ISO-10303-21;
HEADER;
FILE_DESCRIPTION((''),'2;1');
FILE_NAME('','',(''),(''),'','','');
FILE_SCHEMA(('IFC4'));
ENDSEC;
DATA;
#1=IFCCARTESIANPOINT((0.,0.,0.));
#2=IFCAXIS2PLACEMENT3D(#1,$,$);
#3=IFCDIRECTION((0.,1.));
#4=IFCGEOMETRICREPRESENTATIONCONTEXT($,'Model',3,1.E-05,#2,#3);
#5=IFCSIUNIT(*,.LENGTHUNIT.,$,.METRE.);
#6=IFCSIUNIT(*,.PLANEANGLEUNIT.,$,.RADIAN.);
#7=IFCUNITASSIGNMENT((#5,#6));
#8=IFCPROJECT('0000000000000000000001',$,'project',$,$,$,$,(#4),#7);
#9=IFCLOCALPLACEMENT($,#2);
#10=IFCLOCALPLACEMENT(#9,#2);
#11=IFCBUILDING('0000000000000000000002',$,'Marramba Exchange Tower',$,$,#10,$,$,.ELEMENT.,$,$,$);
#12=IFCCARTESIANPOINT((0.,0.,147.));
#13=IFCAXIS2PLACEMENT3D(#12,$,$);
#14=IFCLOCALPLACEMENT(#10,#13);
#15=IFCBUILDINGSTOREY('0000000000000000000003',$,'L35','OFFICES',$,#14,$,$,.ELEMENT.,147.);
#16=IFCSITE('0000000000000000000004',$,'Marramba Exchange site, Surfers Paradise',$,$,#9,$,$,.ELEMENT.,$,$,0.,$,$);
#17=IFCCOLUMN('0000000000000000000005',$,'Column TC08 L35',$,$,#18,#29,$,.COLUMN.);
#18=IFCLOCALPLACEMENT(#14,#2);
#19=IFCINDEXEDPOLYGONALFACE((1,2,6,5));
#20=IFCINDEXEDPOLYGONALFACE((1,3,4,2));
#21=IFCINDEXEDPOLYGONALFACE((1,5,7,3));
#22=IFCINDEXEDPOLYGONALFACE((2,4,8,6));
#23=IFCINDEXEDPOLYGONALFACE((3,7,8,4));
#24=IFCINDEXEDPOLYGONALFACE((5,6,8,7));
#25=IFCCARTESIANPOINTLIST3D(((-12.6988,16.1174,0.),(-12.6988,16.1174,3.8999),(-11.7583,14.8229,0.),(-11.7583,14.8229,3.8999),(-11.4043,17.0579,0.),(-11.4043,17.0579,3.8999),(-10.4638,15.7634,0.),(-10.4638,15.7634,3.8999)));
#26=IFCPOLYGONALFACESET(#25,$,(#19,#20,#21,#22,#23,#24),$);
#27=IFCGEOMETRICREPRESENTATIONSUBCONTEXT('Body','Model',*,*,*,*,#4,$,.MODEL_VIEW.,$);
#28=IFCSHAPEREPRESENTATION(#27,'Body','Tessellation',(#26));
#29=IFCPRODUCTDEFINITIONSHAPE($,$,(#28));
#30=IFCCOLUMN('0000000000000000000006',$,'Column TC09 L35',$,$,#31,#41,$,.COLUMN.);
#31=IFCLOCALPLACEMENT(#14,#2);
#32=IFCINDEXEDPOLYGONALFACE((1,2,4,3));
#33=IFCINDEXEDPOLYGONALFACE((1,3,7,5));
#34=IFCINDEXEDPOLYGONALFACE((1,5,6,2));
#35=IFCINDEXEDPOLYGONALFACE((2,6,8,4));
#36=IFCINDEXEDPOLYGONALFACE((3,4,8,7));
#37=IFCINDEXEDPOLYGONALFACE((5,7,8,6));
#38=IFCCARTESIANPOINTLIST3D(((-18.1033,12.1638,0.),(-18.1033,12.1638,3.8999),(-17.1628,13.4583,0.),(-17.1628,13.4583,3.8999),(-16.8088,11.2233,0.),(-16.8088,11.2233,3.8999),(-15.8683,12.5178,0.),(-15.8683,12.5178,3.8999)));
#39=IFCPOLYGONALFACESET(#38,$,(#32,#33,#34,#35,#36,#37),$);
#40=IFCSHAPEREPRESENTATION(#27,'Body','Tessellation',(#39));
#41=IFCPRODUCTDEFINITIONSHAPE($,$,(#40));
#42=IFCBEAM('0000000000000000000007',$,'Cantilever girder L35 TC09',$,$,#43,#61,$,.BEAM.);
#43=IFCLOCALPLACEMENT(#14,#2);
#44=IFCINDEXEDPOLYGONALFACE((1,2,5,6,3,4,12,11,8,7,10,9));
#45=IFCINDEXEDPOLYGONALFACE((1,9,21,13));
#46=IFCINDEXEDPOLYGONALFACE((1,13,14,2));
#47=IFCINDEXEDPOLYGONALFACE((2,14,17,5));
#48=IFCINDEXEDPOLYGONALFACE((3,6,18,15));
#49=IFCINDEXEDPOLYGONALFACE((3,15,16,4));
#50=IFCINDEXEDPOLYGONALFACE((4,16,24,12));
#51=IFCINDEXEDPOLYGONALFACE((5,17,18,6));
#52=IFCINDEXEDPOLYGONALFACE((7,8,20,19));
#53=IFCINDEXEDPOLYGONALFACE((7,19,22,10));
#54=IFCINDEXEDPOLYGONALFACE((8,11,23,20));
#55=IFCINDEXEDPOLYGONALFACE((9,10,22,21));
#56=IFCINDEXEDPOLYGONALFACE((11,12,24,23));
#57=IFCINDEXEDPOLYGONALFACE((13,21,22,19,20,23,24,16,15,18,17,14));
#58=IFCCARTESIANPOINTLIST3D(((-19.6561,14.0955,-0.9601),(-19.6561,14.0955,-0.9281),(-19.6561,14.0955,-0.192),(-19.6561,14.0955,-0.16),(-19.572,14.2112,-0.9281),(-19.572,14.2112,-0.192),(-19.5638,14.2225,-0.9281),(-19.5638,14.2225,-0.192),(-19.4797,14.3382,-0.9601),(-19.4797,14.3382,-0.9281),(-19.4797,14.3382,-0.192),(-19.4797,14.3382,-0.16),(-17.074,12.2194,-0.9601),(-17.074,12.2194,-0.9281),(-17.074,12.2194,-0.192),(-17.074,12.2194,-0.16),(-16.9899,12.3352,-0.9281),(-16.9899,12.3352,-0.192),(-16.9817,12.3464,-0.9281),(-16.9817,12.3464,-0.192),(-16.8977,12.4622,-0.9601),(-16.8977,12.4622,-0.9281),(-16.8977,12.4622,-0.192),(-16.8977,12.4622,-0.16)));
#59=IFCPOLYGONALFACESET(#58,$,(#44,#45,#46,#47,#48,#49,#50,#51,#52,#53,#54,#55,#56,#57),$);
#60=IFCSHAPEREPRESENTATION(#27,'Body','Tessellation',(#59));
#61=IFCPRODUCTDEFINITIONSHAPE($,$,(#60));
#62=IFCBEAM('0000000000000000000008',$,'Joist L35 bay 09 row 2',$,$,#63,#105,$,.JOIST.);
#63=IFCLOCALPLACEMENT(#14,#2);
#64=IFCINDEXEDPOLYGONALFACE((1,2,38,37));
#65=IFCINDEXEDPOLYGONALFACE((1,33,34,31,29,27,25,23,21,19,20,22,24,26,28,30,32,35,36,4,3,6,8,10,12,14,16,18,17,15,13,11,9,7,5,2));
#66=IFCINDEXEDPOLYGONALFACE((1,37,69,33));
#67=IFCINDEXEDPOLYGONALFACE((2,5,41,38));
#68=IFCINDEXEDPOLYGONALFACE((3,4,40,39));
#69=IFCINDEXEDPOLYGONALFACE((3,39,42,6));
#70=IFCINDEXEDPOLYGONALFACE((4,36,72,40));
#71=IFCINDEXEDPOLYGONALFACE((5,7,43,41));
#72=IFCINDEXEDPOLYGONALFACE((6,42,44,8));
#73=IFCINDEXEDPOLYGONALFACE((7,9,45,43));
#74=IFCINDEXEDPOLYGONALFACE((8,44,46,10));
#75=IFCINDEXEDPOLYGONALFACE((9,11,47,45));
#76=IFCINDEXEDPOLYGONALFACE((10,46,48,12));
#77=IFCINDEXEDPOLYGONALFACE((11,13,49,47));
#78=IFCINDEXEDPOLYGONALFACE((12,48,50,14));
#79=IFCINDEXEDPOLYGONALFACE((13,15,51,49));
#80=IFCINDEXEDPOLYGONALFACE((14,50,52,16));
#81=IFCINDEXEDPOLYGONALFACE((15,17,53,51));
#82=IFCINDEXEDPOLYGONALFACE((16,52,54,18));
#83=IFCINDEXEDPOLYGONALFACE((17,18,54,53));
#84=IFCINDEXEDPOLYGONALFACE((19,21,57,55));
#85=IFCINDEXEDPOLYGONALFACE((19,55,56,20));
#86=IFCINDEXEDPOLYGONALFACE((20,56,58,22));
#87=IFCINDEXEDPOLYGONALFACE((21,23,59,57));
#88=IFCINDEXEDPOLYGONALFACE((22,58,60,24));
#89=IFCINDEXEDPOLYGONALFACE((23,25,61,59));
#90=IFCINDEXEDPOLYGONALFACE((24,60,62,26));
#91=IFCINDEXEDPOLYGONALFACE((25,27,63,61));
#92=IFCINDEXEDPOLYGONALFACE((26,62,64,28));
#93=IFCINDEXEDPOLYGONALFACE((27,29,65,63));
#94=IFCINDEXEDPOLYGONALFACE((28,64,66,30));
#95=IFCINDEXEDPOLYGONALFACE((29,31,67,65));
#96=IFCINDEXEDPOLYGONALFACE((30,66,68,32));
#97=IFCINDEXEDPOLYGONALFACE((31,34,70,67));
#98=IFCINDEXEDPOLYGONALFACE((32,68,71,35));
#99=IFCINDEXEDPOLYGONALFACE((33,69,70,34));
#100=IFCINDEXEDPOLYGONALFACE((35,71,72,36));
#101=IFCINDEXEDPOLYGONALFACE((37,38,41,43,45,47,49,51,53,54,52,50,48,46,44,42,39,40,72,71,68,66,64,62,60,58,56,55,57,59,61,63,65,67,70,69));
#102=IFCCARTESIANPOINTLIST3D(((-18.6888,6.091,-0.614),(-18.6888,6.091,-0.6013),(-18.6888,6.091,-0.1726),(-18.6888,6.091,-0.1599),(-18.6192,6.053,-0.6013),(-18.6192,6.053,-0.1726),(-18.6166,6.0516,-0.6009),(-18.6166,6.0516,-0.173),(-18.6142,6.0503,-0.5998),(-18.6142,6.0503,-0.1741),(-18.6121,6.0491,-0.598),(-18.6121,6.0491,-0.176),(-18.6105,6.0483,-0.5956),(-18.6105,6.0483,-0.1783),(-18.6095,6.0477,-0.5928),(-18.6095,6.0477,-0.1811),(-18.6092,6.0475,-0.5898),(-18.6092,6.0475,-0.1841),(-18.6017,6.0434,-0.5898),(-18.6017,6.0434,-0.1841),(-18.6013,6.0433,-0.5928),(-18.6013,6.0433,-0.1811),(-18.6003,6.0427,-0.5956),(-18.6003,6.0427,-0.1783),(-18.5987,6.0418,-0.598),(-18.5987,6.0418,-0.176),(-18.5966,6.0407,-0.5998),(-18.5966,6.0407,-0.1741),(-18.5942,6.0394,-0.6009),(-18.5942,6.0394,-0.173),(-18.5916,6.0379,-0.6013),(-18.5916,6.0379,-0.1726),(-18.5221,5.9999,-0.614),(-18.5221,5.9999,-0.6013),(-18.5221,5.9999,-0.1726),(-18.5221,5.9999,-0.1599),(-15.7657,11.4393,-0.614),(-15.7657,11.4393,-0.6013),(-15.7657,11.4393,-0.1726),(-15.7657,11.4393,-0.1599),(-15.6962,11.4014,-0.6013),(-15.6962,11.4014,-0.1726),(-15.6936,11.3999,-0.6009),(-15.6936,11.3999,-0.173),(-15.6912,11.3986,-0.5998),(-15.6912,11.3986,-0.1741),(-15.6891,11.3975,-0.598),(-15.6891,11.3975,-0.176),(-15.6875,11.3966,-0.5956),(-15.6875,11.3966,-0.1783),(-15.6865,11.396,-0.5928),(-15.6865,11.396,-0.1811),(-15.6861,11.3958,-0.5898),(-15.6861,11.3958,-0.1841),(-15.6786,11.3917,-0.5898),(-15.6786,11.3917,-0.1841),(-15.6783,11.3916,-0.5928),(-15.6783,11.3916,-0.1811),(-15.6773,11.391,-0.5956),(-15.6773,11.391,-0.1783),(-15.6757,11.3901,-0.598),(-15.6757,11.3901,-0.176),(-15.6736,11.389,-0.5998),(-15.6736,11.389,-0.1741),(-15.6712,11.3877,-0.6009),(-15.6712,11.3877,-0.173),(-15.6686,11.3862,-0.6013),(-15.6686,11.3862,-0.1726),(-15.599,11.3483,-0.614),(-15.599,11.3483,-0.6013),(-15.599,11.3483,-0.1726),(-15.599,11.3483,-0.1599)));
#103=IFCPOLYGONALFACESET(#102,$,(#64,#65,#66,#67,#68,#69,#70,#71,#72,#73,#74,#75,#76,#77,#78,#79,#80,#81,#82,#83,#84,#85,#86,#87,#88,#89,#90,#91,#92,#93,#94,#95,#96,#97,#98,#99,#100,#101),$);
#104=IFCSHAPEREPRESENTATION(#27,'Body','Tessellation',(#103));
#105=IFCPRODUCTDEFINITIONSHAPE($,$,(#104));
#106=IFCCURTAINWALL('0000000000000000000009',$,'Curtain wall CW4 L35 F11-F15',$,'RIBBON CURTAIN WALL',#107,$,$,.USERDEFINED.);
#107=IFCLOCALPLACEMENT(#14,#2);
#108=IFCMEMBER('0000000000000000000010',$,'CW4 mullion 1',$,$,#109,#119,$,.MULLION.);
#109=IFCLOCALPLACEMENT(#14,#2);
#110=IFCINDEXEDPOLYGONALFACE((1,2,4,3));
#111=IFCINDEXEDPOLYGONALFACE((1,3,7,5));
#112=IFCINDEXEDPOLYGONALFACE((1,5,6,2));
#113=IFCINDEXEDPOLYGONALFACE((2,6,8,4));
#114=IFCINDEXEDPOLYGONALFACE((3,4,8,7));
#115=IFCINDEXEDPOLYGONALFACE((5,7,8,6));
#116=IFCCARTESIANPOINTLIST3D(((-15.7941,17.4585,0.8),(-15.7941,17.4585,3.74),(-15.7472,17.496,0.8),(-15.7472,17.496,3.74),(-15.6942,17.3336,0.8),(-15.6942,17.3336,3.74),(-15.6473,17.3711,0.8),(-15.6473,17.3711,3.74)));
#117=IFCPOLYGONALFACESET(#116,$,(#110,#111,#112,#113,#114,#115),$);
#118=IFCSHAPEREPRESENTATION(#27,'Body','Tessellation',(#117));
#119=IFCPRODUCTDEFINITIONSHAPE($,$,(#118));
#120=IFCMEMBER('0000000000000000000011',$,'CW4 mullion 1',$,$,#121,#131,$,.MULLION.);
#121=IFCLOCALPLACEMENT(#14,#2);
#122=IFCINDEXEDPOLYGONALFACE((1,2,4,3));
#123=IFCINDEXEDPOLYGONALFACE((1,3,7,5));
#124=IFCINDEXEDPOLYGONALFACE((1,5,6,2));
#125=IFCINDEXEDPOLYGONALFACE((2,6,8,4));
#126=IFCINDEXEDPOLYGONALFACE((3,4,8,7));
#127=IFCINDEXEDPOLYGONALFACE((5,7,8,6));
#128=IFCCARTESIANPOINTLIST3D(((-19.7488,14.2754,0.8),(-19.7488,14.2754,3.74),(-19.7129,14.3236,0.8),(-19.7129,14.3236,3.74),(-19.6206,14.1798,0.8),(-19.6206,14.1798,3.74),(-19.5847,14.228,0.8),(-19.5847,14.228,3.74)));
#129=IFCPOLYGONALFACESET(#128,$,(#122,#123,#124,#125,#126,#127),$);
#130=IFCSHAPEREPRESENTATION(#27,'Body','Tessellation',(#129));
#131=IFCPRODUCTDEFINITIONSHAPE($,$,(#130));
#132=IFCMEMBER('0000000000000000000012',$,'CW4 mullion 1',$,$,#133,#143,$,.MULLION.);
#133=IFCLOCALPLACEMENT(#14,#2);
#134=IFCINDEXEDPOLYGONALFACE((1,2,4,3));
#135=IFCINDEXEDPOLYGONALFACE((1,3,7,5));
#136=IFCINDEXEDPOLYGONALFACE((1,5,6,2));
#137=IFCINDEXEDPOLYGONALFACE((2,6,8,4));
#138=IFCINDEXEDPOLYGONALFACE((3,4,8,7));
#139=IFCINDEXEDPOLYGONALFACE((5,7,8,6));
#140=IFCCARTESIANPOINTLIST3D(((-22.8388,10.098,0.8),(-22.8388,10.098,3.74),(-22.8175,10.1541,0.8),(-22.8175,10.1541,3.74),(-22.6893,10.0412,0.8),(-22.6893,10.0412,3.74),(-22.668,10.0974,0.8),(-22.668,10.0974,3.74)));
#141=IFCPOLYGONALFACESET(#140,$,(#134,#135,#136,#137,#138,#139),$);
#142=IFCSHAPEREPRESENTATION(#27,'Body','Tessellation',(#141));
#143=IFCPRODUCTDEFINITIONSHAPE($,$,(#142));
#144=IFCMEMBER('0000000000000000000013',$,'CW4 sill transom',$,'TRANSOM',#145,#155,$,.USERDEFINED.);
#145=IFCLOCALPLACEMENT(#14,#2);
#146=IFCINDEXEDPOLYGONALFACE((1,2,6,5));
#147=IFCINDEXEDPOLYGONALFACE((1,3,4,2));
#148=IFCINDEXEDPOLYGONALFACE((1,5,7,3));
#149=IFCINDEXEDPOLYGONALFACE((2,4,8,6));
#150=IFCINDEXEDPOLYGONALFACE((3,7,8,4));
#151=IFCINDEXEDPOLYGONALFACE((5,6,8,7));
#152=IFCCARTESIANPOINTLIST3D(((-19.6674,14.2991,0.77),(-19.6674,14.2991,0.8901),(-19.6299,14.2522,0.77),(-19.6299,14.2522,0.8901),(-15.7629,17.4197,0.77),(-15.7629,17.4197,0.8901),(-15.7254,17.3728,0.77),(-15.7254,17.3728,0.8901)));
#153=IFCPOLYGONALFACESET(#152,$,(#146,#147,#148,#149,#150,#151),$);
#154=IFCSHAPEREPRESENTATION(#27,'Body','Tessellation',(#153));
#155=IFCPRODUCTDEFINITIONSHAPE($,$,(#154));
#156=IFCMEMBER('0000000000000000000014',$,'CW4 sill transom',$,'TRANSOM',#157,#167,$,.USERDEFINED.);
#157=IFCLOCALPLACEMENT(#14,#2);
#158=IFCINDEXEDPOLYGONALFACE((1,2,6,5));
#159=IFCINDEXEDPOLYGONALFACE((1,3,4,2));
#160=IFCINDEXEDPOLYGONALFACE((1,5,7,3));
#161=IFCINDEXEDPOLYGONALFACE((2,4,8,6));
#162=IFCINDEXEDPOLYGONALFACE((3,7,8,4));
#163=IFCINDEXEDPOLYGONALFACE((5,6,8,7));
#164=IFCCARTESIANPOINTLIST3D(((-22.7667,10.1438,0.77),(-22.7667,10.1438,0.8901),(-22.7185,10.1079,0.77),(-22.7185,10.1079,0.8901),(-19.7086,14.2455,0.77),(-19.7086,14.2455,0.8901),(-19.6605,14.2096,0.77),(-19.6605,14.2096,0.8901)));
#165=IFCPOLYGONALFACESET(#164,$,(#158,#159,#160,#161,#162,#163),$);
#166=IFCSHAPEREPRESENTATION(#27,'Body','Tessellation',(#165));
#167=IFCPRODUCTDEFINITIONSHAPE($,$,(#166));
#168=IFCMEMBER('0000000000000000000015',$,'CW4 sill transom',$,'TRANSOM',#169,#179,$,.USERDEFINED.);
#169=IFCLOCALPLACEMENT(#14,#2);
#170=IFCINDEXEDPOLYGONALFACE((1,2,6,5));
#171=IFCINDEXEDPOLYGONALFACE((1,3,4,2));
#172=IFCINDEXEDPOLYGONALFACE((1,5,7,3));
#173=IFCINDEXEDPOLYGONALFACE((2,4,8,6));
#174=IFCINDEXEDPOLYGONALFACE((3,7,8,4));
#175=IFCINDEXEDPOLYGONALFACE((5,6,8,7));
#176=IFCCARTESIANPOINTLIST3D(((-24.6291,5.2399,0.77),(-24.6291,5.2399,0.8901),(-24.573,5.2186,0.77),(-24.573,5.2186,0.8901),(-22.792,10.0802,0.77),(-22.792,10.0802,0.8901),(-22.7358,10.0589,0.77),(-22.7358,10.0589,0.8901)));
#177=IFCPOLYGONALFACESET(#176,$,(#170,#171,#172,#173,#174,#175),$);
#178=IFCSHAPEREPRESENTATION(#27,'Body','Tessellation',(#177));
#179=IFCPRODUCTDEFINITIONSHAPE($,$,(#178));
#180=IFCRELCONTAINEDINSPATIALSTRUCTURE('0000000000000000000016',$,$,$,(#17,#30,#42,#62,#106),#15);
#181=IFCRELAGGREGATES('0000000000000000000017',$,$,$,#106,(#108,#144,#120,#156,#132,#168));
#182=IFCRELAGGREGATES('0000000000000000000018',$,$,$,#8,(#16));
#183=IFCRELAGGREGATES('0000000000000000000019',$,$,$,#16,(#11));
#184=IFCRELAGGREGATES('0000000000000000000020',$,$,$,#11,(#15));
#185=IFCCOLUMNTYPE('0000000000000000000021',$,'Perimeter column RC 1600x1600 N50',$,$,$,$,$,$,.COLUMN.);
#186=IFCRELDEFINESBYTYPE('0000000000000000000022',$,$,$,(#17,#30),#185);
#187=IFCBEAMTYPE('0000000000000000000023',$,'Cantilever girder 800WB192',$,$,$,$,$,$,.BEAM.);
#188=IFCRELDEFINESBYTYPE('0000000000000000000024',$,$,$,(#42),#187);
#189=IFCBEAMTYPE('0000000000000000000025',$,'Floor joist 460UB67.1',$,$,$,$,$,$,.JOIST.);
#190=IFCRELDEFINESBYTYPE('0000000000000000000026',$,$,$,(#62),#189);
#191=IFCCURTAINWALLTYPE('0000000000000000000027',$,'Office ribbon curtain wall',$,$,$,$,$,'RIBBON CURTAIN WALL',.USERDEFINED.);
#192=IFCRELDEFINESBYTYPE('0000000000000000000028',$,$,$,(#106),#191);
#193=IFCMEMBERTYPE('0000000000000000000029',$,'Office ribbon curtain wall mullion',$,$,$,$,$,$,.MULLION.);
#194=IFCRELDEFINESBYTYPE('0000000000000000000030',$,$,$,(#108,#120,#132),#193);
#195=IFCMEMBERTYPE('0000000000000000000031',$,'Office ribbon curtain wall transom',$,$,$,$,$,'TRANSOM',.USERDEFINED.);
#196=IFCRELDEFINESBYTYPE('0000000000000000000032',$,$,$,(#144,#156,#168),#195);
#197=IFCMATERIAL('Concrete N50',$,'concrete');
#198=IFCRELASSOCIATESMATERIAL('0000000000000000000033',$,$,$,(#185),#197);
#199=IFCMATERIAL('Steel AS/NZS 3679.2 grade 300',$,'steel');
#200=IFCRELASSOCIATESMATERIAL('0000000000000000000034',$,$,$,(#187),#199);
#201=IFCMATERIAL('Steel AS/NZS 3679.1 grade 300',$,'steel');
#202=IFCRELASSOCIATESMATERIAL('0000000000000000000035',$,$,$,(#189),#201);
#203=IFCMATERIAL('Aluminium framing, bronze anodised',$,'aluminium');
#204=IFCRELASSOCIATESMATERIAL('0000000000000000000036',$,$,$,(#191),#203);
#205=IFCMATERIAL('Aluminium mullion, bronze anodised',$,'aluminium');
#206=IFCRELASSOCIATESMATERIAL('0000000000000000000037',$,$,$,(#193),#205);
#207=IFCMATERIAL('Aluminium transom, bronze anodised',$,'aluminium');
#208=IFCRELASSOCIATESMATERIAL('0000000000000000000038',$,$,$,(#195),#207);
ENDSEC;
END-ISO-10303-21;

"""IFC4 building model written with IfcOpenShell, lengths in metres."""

from ifc_helpers import new_model, si_unit, direction, frame, origin, origin_2d, place, context, subcontext, project, spatial, rectangle, i_section, extrude, material, material_profile, profile_set, type_object, element, aggregate, save


model = new_model("IFC4")

# Units and contexts
model_context = context("Model", 3, precision=1e-05, world=origin(), true_north=direction((0.0, 1.0)))
body_context = subcontext(model_context, "Body", "Model", "MODEL_VIEW")
ifc_project = project(units=[si_unit("LENGTHUNIT", "METRE"), si_unit("PLANEANGLEUNIT", "RADIAN")], contexts=[model_context])

# Site, building, storey
site_placement = place(None, origin())
site = spatial("IfcSite", under=ifc_project, at=site_placement, Name="Marramba Exchange site, Surfers Paradise", CompositionType="ELEMENT", RefElevation=0.0)
building_placement = place(site_placement, origin())
building = spatial("IfcBuilding", under=site, at=building_placement, Name="Marramba Exchange Tower", CompositionType="ELEMENT")
storey_placement = place(building_placement, frame((0.0, 0.0, 147.0)))
storey = spatial("IfcBuildingStorey", under=building, at=storey_placement, Name="L35", Description="OFFICES", CompositionType="ELEMENT", Elevation=147.0)

# Columns
ifc_material_1 = material(Name="Concrete N50", Category="concrete")
ifc_material_profile_1 = material_profile(ifc_material_1, rectangle(XDim=1.6001, YDim=1.6001, at=origin_2d()), Name="RC 1600x1600")
ifc_profile_set_1 = profile_set([ifc_material_profile_1], Name="Concrete N50")
column_type = type_object("IfcColumnType", Name="Perimeter column RC 1600x1600 N50", PredefinedType="COLUMN", material=ifc_profile_set_1)
for number, where, z_axis, x_axis, name in (
    (1, (-11.5813, 15.9404, 0.0), (0.0, 0.0, 1.0), (-0.587785, 0.809017, 0.0), "Column TC08 L35"),
    (2, (-16.9858, 12.3408, 0.0), (0.0, 0.0, 1.0), (-0.809017, 0.587785, 0.0), "Column TC09 L35"),
):
    element("IfcColumn", number, at=place(storey_placement, frame(where, z_axis=z_axis, x_axis=x_axis)), inside=storey, type_object=column_type, Name=name, PredefinedType="COLUMN", context=body_context, shape_type="SweptSolid", body=[
        extrude(rectangle(XDim=1.6001, YDim=1.6001, at=origin_2d()), origin(), (0.0, 0.0, 1.0), 3.8999),
    ])

# Beams
ifc_material_2 = material(Name="Steel AS/NZS 3679.2 grade 300", Category="steel")
ifc_material_profile_2 = material_profile(ifc_material_2, i_section(OverallWidth=0.3, OverallDepth=0.8, WebThickness=0.0139, FlangeThickness=0.032, at=origin_2d()), Name="800WB192")
ifc_profile_set_2 = profile_set([ifc_material_profile_2], Name="Steel AS/NZS 3679.2 grade 300")
beam_type_1 = type_object("IfcBeamType", Name="Cantilever girder 800WB192", PredefinedType="BEAM", material=ifc_profile_set_2)
beam_1_placement = place(storey_placement, frame((-16.9858, 12.3408, -0.5601), z_axis=(-0.809014, 0.58779, 0.0), x_axis=(-0.58779, -0.809014, 0.0)))
element("IfcBeam", 3, at=beam_1_placement, inside=storey, type_object=beam_type_1, Name="Cantilever girder L35 TC09", PredefinedType="BEAM", context=body_context, shape_type="SweptSolid", body=[
    extrude(i_section(OverallWidth=0.3, OverallDepth=0.8, WebThickness=0.0139, FlangeThickness=0.032, at=origin_2d()), origin(), (0.0, 0.0, 1.0), 3.1917),
])
ifc_material_3 = material(Name="Steel AS/NZS 3679.1 grade 300", Category="steel")
ifc_material_profile_3 = material_profile(ifc_material_3, i_section(OverallWidth=0.1899, OverallDepth=0.4541, WebThickness=0.0085, FlangeThickness=0.0127, FilletRadius=0.0115, at=origin_2d()), Name="460UB67.1")
ifc_profile_set_3 = profile_set([ifc_material_profile_3], Name="Steel AS/NZS 3679.1 grade 300")
beam_type_2 = type_object("IfcBeamType", Name="Floor joist 460UB67.1", PredefinedType="JOIST", material=ifc_profile_set_3)
beam_2_placement = place(storey_placement, frame((-15.6824, 11.3938, -0.387), z_axis=(-0.479584, -0.877496, 0.0), x_axis=(0.877496, -0.479584, 0.0)))
element("IfcBeam", 4, at=beam_2_placement, inside=storey, type_object=beam_type_2, Name="Joist L35 bay 09 row 2", PredefinedType="JOIST", context=body_context, shape_type="SweptSolid", body=[
    extrude(i_section(OverallWidth=0.1899, OverallDepth=0.4541, WebThickness=0.0085, FlangeThickness=0.0127, FilletRadius=0.0115, at=origin_2d()), origin(), (0.0, 0.0, 1.0), 6.095),
])

# Curtain wall, members
ifc_material_4 = material(Name="Aluminium framing, bronze anodised", Category="aluminium")
curtain_wall_type = type_object("IfcCurtainWallType", Name="Office ribbon curtain wall", ElementType="RIBBON CURTAIN WALL", PredefinedType="USERDEFINED", material=ifc_material_4)
curtain_wall_placement = place(storey_placement, origin())
curtain_wall = element("IfcCurtainWall", 5, at=curtain_wall_placement, inside=storey, type_object=curtain_wall_type, Name="Curtain wall CW4 L35 F11-F15", ObjectType="RIBBON CURTAIN WALL", PredefinedType="USERDEFINED")
ifc_material_5 = material(Name="Aluminium mullion, bronze anodised", Category="aluminium")
ifc_material_profile_4 = material_profile(ifc_material_5, rectangle(XDim=0.1599, YDim=0.0601, at=origin_2d()), Name="CW4 mullion 60x160")
ifc_profile_set_4 = profile_set([ifc_material_profile_4], Name="Aluminium mullion, bronze anodised")
member_type_1 = type_object("IfcMemberType", Name="Office ribbon curtain wall mullion", PredefinedType="MULLION", material=ifc_profile_set_4)
member_1_placement = place(storey_placement, frame((-15.7207, 17.4148, 0.8), z_axis=(0.0, 0.0, 1.0), x_axis=(0.624308, -0.781178, 0.0)))
member_1 = element("IfcMember", 6, at=member_1_placement, type_object=member_type_1, Name="CW4 mullion 1", PredefinedType="MULLION", context=body_context, shape_type="SweptSolid", body=[
    extrude(rectangle(XDim=0.1599, YDim=0.0601, at=origin_2d()), origin(), (0.0, 0.0, 1.0), 2.9399),
])
member_2_placement = place(storey_placement, frame((-19.6667, 14.2517, 0.8), z_axis=(0.0, 0.0, 1.0), x_axis=(0.801717, -0.597704, 0.0)))
member_2 = element("IfcMember", 7, at=member_2_placement, type_object=member_type_1, Name="CW4 mullion 1", PredefinedType="MULLION", context=body_context, shape_type="SweptSolid", body=[
    extrude(rectangle(XDim=0.1599, YDim=0.0601, at=origin_2d()), origin(), (0.0, 0.0, 1.0), 2.9399),
])
member_3_placement = place(storey_placement, frame((-22.7534, 10.0977, 0.8), z_axis=(0.0, 0.0, 1.0), x_axis=(0.934925, -0.354844, 0.0)))
member_3 = element("IfcMember", 8, at=member_3_placement, type_object=member_type_1, Name="CW4 mullion 1", PredefinedType="MULLION", context=body_context, shape_type="SweptSolid", body=[
    extrude(rectangle(XDim=0.1599, YDim=0.0601, at=origin_2d()), origin(), (0.0, 0.0, 1.0), 2.9399),
])
ifc_material_6 = material(Name="Aluminium transom, bronze anodised", Category="aluminium")
ifc_material_profile_5 = material_profile(ifc_material_6, rectangle(XDim=0.0601, YDim=0.1201, at=origin_2d()), Name="CW4 transom 60x120")
ifc_profile_set_5 = profile_set([ifc_material_profile_5], Name="Aluminium transom, bronze anodised")
member_type_2 = type_object("IfcMemberType", Name="Office ribbon curtain wall transom", ElementType="TRANSOM", PredefinedType="USERDEFINED", material=ifc_profile_set_5)
member_4_placement = place(storey_placement, frame((-15.7441, 17.3962, 0.8301), z_axis=(-0.781164, -0.624326, 0.0), x_axis=(0.624326, -0.781164, 0.0)))
member_4 = element("IfcMember", 9, at=member_4_placement, type_object=member_type_2, Name="CW4 sill transom", ObjectType="TRANSOM", PredefinedType="USERDEFINED", context=body_context, shape_type="SweptSolid", body=[
    extrude(rectangle(XDim=0.0601, YDim=0.1201, at=origin_2d()), origin(), (0.0, 0.0, 1.0), 4.9983),
])
member_5_placement = place(storey_placement, frame((-19.6846, 14.2275, 0.8301), z_axis=(-0.597715, -0.801709, 0.0), x_axis=(0.801709, -0.597715, 0.0)))
member_5 = element("IfcMember", 10, at=member_5_placement, type_object=member_type_2, Name="CW4 sill transom", ObjectType="TRANSOM", PredefinedType="USERDEFINED", context=body_context, shape_type="SweptSolid", body=[
    extrude(rectangle(XDim=0.0601, YDim=0.1201, at=origin_2d()), origin(), (0.0, 0.0, 1.0), 5.1162),
])
member_6_placement = place(storey_placement, frame((-22.7639, 10.0696, 0.8301), z_axis=(-0.354852, -0.934923, 0.0), x_axis=(0.934923, -0.354852, 0.0)))
member_6 = element("IfcMember", 11, at=member_6_placement, type_object=member_type_2, Name="CW4 sill transom", ObjectType="TRANSOM", PredefinedType="USERDEFINED", context=body_context, shape_type="SweptSolid", body=[
    extrude(rectangle(XDim=0.0601, YDim=0.1201, at=origin_2d()), origin(), (0.0, 0.0, 1.0), 5.1772),
])

aggregate(curtain_wall, [member_1, member_4, member_2, member_5, member_3, member_6])

save(model, "model.ifc")
